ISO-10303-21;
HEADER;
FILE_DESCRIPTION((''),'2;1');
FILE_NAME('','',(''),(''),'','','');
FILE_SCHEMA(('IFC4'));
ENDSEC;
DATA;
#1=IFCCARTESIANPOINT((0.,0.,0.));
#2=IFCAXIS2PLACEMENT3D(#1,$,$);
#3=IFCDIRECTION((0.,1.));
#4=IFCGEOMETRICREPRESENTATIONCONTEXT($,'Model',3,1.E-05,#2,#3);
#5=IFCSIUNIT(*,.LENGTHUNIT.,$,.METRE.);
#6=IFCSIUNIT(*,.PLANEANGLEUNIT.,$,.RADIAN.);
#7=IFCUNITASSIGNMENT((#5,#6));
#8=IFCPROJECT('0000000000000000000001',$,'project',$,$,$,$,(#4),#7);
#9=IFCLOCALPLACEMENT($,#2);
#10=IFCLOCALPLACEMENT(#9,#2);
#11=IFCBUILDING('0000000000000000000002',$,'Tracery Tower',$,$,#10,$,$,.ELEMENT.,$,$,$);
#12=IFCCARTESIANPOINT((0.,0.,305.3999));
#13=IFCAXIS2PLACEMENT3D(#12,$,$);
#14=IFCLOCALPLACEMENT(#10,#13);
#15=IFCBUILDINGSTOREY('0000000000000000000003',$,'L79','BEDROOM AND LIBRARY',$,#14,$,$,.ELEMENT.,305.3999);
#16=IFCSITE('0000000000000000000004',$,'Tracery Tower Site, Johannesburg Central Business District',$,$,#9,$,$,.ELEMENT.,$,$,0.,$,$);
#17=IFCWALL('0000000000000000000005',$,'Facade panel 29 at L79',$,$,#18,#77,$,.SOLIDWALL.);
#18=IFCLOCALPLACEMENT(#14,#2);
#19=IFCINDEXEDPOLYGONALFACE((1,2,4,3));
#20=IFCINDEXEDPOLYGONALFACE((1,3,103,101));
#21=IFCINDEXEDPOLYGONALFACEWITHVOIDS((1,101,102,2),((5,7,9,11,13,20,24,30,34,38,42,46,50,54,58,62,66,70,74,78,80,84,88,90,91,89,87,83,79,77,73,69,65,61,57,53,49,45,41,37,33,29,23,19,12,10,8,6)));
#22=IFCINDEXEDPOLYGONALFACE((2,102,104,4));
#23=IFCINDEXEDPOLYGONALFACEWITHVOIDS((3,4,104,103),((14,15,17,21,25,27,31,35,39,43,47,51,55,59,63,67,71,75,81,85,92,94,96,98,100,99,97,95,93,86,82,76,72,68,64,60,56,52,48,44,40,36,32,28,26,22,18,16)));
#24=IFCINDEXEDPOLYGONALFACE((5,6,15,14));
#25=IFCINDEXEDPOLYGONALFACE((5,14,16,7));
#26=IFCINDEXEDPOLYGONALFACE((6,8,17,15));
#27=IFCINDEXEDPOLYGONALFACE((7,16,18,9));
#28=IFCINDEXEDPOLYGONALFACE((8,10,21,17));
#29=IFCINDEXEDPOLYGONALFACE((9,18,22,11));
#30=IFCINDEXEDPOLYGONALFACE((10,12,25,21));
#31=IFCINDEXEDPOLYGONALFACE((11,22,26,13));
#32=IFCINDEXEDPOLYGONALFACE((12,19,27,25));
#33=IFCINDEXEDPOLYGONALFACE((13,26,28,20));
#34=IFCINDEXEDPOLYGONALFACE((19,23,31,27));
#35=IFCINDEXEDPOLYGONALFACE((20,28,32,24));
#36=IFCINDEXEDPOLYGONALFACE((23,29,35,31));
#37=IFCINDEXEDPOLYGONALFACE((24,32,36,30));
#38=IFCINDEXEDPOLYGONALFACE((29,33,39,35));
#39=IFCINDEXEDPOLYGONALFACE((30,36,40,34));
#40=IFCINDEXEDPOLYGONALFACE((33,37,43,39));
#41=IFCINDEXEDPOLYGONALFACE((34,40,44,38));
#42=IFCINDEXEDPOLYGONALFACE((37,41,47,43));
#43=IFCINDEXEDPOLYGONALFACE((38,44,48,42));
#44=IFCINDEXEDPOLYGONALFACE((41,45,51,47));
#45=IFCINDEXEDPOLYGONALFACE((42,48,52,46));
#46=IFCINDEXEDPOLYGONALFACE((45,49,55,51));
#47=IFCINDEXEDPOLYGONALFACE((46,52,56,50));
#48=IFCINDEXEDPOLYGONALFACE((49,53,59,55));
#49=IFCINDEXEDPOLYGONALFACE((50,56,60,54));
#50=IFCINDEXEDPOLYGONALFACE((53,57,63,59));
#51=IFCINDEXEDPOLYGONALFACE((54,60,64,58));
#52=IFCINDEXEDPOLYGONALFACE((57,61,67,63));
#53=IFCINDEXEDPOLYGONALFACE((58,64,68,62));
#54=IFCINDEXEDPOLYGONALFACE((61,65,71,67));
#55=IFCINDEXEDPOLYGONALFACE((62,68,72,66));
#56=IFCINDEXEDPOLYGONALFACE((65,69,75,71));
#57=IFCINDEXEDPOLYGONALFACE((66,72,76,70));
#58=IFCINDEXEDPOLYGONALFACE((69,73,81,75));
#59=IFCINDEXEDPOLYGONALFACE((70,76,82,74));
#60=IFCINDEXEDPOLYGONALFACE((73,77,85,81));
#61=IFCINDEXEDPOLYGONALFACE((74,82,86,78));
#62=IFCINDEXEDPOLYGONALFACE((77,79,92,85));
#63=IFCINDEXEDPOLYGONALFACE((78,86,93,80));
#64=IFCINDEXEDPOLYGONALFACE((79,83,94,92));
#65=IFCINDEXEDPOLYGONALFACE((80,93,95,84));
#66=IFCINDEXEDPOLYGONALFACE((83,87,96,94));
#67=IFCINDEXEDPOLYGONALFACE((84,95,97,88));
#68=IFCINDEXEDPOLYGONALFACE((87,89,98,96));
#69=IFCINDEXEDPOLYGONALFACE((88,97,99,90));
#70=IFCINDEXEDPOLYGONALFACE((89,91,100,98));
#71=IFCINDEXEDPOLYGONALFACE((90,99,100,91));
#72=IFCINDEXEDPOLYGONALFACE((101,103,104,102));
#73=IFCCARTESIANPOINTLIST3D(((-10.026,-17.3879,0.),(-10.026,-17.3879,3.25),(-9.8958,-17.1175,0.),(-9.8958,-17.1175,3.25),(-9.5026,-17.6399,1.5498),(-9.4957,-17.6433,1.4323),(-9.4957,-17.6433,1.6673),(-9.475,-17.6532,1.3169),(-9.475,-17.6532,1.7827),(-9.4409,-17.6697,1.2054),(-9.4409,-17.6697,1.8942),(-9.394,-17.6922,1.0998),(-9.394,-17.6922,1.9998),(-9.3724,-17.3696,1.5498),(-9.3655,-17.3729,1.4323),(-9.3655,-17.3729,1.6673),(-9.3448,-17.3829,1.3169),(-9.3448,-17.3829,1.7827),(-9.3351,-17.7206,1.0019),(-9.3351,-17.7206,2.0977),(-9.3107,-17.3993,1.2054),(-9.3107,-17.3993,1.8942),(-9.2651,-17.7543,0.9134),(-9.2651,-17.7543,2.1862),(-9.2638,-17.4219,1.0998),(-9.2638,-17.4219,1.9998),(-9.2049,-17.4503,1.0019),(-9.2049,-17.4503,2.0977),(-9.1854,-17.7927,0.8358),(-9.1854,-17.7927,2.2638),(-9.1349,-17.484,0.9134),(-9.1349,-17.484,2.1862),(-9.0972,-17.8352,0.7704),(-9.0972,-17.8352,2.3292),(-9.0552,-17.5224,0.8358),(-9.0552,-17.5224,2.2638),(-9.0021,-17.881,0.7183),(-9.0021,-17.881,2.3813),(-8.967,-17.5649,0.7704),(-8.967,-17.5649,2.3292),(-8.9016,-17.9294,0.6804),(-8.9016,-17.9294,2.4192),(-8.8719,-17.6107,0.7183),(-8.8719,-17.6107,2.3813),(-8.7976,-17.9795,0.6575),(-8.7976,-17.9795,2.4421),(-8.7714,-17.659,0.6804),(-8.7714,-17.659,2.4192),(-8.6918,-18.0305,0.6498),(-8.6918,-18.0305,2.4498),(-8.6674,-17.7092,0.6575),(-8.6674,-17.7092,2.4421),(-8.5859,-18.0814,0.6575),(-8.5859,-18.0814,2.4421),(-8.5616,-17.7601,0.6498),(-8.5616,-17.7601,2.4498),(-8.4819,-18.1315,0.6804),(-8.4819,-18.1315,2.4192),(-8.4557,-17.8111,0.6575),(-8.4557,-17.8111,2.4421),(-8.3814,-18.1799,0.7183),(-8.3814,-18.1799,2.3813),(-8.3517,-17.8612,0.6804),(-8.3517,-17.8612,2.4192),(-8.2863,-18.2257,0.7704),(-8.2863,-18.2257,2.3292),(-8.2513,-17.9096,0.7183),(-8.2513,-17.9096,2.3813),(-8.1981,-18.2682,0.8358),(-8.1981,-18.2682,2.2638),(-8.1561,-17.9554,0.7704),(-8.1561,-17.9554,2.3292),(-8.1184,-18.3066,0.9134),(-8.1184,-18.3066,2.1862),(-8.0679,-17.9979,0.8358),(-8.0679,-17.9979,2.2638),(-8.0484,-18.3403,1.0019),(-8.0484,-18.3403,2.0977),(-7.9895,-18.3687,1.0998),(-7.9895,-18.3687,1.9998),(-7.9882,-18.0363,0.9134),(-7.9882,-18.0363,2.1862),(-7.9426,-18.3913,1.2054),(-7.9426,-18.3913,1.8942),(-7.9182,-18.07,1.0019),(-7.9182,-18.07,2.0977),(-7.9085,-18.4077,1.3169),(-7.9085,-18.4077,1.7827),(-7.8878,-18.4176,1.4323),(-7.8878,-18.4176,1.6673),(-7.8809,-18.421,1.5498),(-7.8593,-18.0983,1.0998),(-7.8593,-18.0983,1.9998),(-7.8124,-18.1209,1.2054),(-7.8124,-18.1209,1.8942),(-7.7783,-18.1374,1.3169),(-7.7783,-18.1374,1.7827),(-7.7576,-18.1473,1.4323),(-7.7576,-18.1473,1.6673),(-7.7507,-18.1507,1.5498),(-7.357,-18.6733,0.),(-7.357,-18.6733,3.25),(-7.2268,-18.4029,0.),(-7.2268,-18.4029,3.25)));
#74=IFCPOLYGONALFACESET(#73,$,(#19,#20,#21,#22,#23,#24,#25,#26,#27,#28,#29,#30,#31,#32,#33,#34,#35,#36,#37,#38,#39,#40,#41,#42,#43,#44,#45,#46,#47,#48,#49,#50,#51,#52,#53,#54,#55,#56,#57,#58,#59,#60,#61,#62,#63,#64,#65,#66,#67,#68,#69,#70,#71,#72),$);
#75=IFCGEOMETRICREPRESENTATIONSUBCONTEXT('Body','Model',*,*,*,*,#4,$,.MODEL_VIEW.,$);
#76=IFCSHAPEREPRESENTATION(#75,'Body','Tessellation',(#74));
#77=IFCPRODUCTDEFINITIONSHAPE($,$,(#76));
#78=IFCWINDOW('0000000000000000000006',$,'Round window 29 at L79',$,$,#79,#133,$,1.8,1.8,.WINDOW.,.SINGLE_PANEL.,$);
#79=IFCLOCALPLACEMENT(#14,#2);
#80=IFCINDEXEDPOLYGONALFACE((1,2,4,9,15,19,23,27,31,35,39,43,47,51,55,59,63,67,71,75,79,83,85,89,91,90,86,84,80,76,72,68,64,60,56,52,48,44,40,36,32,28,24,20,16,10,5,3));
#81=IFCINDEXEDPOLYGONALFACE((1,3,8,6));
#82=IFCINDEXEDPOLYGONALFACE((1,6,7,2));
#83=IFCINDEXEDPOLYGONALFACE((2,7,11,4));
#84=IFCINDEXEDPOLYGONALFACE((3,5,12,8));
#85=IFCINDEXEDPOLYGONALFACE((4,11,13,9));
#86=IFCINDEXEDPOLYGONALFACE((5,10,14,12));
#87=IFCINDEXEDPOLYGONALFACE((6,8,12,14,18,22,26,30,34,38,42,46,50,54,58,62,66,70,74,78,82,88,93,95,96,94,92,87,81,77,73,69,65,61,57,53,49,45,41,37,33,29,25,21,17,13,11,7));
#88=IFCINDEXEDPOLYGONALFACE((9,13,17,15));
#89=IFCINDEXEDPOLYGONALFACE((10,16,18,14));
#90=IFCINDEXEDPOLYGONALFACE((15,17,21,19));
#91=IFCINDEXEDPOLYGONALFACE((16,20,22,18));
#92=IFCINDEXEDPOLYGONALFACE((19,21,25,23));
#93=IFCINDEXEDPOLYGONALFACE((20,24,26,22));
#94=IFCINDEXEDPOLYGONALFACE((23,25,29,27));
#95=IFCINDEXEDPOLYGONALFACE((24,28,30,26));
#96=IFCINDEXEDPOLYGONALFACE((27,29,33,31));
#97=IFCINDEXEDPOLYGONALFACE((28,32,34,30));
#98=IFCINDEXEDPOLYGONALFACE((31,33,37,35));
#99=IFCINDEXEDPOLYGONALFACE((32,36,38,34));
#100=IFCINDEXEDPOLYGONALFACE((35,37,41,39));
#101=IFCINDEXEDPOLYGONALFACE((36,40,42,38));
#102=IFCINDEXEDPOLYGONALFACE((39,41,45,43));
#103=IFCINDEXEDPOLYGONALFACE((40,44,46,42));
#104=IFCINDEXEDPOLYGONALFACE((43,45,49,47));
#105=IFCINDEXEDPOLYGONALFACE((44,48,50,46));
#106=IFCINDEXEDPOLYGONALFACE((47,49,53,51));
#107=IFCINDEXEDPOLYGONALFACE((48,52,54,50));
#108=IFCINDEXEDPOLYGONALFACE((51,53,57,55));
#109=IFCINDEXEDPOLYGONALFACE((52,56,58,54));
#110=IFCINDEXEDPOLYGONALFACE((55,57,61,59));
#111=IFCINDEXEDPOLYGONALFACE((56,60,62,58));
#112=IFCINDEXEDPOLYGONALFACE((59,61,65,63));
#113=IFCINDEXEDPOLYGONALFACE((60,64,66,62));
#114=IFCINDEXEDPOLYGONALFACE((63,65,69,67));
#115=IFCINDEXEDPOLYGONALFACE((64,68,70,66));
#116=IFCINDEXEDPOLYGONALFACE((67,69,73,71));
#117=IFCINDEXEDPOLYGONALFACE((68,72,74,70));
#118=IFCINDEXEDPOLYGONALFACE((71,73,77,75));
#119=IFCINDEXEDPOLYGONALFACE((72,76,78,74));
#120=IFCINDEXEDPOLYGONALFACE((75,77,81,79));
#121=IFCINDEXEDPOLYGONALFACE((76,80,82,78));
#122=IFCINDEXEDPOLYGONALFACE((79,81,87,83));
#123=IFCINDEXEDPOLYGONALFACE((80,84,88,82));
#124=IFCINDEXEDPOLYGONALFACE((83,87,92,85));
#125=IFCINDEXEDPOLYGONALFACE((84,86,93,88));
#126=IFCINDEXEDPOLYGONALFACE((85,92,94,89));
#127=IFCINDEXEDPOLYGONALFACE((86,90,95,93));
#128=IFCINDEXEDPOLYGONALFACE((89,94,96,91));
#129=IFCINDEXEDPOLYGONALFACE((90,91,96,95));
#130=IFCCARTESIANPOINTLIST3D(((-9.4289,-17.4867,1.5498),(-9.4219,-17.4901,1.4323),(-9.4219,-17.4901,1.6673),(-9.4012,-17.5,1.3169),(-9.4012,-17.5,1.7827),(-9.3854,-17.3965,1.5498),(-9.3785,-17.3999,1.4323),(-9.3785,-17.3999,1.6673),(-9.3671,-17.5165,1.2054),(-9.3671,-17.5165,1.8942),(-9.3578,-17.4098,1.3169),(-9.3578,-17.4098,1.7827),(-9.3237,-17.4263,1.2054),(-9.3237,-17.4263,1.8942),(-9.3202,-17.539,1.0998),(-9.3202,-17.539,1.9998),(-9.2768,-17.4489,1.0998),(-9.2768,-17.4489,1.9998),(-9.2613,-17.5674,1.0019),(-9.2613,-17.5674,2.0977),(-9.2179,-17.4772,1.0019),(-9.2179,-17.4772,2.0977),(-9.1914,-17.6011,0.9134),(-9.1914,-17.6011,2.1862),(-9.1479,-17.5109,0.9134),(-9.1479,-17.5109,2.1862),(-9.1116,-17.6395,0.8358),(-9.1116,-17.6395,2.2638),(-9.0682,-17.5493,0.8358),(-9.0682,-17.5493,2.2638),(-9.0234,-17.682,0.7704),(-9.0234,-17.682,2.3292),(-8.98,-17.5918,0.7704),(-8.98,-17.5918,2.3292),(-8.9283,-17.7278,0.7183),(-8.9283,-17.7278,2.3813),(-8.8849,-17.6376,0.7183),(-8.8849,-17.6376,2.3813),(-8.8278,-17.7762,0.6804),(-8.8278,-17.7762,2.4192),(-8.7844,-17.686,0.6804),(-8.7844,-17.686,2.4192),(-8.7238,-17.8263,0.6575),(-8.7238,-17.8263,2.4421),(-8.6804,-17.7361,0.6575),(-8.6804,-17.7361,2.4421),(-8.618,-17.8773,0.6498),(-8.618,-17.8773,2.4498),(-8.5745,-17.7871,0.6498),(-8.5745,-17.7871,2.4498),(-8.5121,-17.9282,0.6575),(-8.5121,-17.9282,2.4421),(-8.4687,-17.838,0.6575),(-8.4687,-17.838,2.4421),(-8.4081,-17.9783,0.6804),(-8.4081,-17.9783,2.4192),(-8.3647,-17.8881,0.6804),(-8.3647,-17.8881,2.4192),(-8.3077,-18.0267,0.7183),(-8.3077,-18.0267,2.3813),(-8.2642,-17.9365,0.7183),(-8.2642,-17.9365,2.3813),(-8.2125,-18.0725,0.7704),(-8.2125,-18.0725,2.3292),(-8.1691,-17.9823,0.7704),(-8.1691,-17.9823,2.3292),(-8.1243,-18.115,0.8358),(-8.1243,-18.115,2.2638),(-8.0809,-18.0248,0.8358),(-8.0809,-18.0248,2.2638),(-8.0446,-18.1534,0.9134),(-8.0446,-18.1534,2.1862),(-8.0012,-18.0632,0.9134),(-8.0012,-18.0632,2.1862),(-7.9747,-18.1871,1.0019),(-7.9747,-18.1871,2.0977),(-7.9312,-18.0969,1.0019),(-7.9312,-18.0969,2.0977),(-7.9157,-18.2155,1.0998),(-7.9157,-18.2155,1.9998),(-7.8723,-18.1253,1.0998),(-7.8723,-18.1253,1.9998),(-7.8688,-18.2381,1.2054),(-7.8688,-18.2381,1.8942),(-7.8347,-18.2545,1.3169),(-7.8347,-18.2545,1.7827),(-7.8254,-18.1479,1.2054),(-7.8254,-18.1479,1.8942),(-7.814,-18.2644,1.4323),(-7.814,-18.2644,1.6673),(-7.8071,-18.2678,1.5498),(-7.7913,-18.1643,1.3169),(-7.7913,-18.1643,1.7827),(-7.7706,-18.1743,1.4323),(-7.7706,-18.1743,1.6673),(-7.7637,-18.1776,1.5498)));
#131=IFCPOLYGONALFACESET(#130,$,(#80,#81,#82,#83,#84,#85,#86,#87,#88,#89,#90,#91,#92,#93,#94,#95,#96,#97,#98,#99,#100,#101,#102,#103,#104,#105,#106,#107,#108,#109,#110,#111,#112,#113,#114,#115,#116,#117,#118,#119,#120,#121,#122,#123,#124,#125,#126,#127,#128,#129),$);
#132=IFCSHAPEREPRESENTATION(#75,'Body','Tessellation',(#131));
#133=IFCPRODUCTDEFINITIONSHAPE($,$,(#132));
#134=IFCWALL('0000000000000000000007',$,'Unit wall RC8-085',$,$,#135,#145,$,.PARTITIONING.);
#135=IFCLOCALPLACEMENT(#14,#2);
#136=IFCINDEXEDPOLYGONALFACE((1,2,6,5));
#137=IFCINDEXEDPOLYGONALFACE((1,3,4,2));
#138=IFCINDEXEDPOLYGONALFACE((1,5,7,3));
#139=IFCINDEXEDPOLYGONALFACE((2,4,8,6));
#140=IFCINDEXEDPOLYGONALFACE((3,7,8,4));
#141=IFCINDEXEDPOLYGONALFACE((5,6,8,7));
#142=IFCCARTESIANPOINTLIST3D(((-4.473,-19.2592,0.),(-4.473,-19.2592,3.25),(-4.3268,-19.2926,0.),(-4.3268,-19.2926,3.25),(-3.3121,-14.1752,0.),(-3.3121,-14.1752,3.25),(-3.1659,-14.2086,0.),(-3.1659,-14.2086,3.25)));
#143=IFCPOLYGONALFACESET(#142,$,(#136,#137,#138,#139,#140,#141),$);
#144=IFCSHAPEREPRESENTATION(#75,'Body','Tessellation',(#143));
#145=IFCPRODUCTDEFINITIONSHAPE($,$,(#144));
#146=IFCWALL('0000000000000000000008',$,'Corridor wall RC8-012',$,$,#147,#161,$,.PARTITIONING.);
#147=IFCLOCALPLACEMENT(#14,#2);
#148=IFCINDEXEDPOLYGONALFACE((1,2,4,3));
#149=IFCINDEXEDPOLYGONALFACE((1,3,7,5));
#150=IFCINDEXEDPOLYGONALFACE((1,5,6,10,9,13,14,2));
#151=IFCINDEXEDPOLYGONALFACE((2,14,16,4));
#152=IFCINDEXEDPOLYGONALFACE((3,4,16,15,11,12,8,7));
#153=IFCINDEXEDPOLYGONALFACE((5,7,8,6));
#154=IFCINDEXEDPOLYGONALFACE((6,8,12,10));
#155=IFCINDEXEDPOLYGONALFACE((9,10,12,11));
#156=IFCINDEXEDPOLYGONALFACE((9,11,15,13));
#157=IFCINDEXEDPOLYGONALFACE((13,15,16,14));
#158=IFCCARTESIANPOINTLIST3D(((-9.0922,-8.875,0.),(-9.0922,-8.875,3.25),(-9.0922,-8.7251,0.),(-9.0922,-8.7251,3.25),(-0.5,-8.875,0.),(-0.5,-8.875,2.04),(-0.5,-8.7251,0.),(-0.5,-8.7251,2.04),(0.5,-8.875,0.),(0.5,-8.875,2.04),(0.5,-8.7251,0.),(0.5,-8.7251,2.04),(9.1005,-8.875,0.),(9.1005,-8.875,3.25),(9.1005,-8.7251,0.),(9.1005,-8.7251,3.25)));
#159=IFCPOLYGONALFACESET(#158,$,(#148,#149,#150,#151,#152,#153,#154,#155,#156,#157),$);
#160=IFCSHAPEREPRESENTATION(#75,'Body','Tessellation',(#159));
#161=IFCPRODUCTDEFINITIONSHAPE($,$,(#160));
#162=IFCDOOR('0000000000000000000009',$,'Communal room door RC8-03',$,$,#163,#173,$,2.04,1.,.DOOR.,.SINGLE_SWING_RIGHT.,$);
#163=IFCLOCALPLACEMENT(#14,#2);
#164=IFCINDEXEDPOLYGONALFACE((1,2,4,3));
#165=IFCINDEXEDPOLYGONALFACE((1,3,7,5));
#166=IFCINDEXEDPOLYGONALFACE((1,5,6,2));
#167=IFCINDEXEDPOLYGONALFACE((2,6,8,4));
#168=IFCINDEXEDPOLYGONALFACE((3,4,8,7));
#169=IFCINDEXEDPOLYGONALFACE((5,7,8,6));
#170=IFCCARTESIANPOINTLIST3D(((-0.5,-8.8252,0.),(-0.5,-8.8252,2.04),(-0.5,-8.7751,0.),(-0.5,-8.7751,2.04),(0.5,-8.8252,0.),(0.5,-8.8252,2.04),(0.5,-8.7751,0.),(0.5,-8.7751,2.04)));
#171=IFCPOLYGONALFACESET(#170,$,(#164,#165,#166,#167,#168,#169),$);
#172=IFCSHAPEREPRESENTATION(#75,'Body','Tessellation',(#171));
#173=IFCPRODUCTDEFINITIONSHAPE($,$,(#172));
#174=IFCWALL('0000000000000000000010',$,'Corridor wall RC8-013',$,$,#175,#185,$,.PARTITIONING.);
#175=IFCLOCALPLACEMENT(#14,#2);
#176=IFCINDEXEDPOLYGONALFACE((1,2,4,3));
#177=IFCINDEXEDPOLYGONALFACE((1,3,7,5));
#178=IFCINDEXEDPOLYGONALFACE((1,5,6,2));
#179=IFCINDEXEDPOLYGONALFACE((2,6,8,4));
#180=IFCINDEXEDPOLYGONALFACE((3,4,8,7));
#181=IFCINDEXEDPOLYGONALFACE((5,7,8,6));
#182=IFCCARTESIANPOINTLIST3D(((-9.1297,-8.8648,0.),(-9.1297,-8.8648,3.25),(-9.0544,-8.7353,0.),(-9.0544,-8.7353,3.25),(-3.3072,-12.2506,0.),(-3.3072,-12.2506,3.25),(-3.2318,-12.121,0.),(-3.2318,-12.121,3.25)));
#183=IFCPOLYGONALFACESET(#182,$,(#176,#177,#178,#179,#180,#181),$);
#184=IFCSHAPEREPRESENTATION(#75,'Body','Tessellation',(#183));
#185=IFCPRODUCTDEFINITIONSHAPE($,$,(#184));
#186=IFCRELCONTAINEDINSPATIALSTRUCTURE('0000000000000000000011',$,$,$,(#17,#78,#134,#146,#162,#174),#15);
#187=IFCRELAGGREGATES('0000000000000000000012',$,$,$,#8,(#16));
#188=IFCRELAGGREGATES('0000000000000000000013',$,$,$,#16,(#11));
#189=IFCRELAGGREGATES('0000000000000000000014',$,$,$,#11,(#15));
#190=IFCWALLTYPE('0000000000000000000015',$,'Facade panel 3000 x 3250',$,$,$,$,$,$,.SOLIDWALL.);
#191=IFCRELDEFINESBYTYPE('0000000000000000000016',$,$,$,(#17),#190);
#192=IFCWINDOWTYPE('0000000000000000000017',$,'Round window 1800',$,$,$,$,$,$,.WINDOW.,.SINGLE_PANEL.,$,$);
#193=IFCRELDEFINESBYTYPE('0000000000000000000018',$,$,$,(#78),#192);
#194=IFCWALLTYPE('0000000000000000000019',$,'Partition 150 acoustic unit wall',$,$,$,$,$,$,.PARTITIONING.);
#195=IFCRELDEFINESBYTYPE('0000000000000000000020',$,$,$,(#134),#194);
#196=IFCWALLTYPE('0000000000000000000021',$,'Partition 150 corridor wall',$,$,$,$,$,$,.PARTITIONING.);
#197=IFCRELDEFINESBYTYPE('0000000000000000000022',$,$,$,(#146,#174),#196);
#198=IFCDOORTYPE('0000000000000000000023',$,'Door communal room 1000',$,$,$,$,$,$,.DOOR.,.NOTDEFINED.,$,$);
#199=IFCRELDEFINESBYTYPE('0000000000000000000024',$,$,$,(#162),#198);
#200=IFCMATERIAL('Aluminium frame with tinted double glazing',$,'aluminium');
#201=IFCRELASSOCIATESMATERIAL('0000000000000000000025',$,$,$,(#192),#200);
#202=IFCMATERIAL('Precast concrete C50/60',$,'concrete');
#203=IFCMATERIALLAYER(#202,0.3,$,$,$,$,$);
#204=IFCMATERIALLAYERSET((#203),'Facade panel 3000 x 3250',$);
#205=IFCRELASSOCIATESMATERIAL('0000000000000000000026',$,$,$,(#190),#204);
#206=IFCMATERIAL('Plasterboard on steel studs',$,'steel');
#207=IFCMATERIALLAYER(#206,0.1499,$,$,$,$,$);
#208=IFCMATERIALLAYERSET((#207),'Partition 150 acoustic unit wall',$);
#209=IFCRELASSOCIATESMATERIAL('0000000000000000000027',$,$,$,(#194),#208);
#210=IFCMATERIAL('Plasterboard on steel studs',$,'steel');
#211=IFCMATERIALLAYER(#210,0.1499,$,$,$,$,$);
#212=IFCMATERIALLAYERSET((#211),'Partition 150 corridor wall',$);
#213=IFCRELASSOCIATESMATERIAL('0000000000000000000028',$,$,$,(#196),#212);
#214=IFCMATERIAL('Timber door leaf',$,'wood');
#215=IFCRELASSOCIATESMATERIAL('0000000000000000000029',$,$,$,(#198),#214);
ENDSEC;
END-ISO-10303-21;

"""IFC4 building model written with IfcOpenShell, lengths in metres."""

from ifc_helpers import new_model, si_unit, direction, frame, frame_2d, origin, origin_2d, place, context, subcontext, project, spatial, rectangle, circle, extrude, material, layer, layer_set, type_object, element, fill, save


model = new_model("IFC4")

# Units and contexts
model_context = context("Model", 3, precision=1e-05, world=origin(), true_north=direction((0.0, 1.0)))
body_context = subcontext(model_context, "Body", "Model", "MODEL_VIEW")
ifc_project = project(units=[si_unit("LENGTHUNIT", "METRE"), si_unit("PLANEANGLEUNIT", "RADIAN")], contexts=[model_context])

# Site, building, storey
site_placement = place(None, origin())
site = spatial("IfcSite", under=ifc_project, at=site_placement, Name="Tracery Tower Site, Johannesburg Central Business District", CompositionType="ELEMENT", RefElevation=0.0)
building_placement = place(site_placement, origin())
building = spatial("IfcBuilding", under=site, at=building_placement, Name="Tracery Tower", CompositionType="ELEMENT")
storey_placement = place(building_placement, frame((0.0, 0.0, 305.3999)))
storey = spatial("IfcBuildingStorey", under=building, at=storey_placement, Name="L79", Description="BEDROOM AND LIBRARY", CompositionType="ELEMENT", Elevation=305.3999)

# Wall, opening, window
ifc_material_1 = material(Name="Aluminium frame with tinted double glazing", Category="aluminium")
window_type = type_object("IfcWindowType", Name="Round window 1800", PartitioningType="SINGLE_PANEL", PredefinedType="WINDOW", material=ifc_material_1)
ifc_material_2 = material(Name="Precast concrete C50/60", Category="concrete")
ifc_layer_1 = layer(ifc_material_2, 0.3)
ifc_layer_set_1 = layer_set([ifc_layer_1], Name="Facade panel 3000 x 3250")
wall_type_1 = type_object("IfcWallType", Name="Facade panel 3000 x 3250", PredefinedType="SOLIDWALL", material=ifc_layer_set_1)
wall_1_placement = place(storey_placement, frame((-9.9609, -17.2527, 0.0), z_axis=(0.0, 0.0, 1.0), x_axis=(0.900955, -0.433912, 0.0)))
wall_1 = element("IfcWall", 1, at=wall_1_placement, inside=storey, type_object=wall_type_1, Name="Facade panel 29 at L79", PredefinedType="SOLIDWALL", context=body_context, shape_type="SweptSolid", body=[
    extrude(rectangle(XDim=2.9624, YDim=0.3, at=frame_2d((1.4812, 0.0))), origin(), (0.0, 0.0, 1.0), 3.25),
])
opening_1_placement = place(wall_1_placement, frame((1.481, 0.0, 1.5498)))
opening_1 = element("IfcOpeningElement", 2, at=opening_1_placement, cuts=wall_1, PredefinedType="OPENING", context=body_context, shape_type="SweptSolid", body=[
    extrude(circle(Radius=0.9, at=origin_2d()), frame((0.0, 0.1599, 0.0), z_axis=(0.0, -1.0, 0.0), x_axis=(1.0, 0.0, 0.0)), (0.0, 0.0, 1.0), 0.3201),
])
window_1_placement = place(opening_1_placement, origin())
window_1 = element("IfcWindow", 3, at=window_1_placement, inside=storey, type_object=window_type, Name="Round window 29 at L79", OverallHeight=1.8, OverallWidth=1.8, PartitioningType="SINGLE_PANEL", PredefinedType="WINDOW", context=body_context, shape_type="SweptSolid", body=[
    extrude(circle(Radius=0.9, at=origin_2d()), frame((0.0, 0.1201, 0.0), z_axis=(0.0, -1.0, 0.0), x_axis=(1.0, 0.0, 0.0)), (0.0, 0.0, 1.0), 0.1001),
])
fill(opening_1, window_1)

# Wall
ifc_material_3 = material(Name="Plasterboard on steel studs", Category="steel")
ifc_layer_2 = layer(ifc_material_3, 0.1499)
ifc_layer_set_2 = layer_set([ifc_layer_2], Name="Partition 150 acoustic unit wall")
wall_type_2 = type_object("IfcWallType", Name="Partition 150 acoustic unit wall", PredefinedType="PARTITIONING", material=ifc_layer_set_2)
wall_2_placement = place(storey_placement, frame((-4.3999, -19.2759, 0.0), z_axis=(0.0, 0.0, 1.0), x_axis=(0.222613, 0.974907, 0.0)))
element("IfcWall", 4, at=wall_2_placement, inside=storey, type_object=wall_type_2, Name="Unit wall RC8-085", PredefinedType="PARTITIONING", context=body_context, shape_type="SweptSolid", body=[
    extrude(rectangle(XDim=5.2148, YDim=0.1499, at=frame_2d((2.6074, 0.0))), origin(), (0.0, 0.0, 1.0), 3.25),
])

# Wall, opening, door
ifc_material_4 = material(Name="Plasterboard on steel studs", Category="steel")
ifc_layer_3 = layer(ifc_material_4, 0.1499)
ifc_layer_set_3 = layer_set([ifc_layer_3], Name="Partition 150 corridor wall")
wall_type_3 = type_object("IfcWallType", Name="Partition 150 corridor wall", PredefinedType="PARTITIONING", material=ifc_layer_set_3)
wall_3_placement = place(storey_placement, frame((-9.092, -8.8, 0.0), z_axis=(0.0, 0.0, 1.0), x_axis=(1.0, 0.0, 0.0)))
wall_3 = element("IfcWall", 5, at=wall_3_placement, inside=storey, type_object=wall_type_3, Name="Corridor wall RC8-012", PredefinedType="PARTITIONING", context=body_context, shape_type="SweptSolid", body=[
    extrude(rectangle(XDim=18.1926, YDim=0.1499, at=frame_2d((9.0962, 0.0))), origin(), (0.0, 0.0, 1.0), 3.25),
])
opening_2_placement = place(wall_3_placement, frame((8.592, 0.0, 0.0)))
opening_2 = element("IfcOpeningElement", 6, at=opening_2_placement, cuts=wall_3, PredefinedType="OPENING", context=body_context, shape_type="SweptSolid", body=[
    extrude(rectangle(XDim=1.0, YDim=2.04, at=frame_2d((0.5, 1.02))), frame((0.0, 0.075, 0.0), z_axis=(0.0, -1.0, 0.0), x_axis=(1.0, 0.0, 0.0)), (0.0, 0.0, 1.0), 0.1499),
])
ifc_material_5 = material(Name="Timber door leaf", Category="wood")
door_type_1 = type_object("IfcDoorType", Name="Door communal room 1000", OperationType="NOTDEFINED", PredefinedType="DOOR", material=ifc_material_5)
door_1_placement = place(opening_2_placement, origin())
door_1 = element("IfcDoor", 7, at=door_1_placement, inside=storey, type_object=door_type_1, Name="Communal room door RC8-03", OperationType="SINGLE_SWING_RIGHT", OverallHeight=2.04, OverallWidth=1.0, PredefinedType="DOOR", context=body_context, shape_type="SweptSolid", body=[
    extrude(rectangle(XDim=1.0, YDim=2.04, at=frame_2d((0.5, 1.02))), frame((0.0, 0.0249, 0.0), z_axis=(0.0, -1.0, 0.0), x_axis=(1.0, 0.0, 0.0)), (0.0, 0.0, 1.0), 0.05),
])
fill(opening_2, door_1)

# Wall
wall_4_placement = place(storey_placement, frame((-9.092, -8.8, 0.0), z_axis=(0.0, 0.0, 1.0), x_axis=(0.864471, -0.502683, 0.0)))
element("IfcWall", 8, at=wall_4_placement, inside=storey, type_object=wall_type_3, Name="Corridor wall RC8-013", PredefinedType="PARTITIONING", context=body_context, shape_type="SweptSolid", body=[
    extrude(rectangle(XDim=6.7354, YDim=0.1499, at=frame_2d((3.3677, 0.0))), origin(), (0.0, 0.0, 1.0), 3.25),
])

save(model, "model.ifc")
